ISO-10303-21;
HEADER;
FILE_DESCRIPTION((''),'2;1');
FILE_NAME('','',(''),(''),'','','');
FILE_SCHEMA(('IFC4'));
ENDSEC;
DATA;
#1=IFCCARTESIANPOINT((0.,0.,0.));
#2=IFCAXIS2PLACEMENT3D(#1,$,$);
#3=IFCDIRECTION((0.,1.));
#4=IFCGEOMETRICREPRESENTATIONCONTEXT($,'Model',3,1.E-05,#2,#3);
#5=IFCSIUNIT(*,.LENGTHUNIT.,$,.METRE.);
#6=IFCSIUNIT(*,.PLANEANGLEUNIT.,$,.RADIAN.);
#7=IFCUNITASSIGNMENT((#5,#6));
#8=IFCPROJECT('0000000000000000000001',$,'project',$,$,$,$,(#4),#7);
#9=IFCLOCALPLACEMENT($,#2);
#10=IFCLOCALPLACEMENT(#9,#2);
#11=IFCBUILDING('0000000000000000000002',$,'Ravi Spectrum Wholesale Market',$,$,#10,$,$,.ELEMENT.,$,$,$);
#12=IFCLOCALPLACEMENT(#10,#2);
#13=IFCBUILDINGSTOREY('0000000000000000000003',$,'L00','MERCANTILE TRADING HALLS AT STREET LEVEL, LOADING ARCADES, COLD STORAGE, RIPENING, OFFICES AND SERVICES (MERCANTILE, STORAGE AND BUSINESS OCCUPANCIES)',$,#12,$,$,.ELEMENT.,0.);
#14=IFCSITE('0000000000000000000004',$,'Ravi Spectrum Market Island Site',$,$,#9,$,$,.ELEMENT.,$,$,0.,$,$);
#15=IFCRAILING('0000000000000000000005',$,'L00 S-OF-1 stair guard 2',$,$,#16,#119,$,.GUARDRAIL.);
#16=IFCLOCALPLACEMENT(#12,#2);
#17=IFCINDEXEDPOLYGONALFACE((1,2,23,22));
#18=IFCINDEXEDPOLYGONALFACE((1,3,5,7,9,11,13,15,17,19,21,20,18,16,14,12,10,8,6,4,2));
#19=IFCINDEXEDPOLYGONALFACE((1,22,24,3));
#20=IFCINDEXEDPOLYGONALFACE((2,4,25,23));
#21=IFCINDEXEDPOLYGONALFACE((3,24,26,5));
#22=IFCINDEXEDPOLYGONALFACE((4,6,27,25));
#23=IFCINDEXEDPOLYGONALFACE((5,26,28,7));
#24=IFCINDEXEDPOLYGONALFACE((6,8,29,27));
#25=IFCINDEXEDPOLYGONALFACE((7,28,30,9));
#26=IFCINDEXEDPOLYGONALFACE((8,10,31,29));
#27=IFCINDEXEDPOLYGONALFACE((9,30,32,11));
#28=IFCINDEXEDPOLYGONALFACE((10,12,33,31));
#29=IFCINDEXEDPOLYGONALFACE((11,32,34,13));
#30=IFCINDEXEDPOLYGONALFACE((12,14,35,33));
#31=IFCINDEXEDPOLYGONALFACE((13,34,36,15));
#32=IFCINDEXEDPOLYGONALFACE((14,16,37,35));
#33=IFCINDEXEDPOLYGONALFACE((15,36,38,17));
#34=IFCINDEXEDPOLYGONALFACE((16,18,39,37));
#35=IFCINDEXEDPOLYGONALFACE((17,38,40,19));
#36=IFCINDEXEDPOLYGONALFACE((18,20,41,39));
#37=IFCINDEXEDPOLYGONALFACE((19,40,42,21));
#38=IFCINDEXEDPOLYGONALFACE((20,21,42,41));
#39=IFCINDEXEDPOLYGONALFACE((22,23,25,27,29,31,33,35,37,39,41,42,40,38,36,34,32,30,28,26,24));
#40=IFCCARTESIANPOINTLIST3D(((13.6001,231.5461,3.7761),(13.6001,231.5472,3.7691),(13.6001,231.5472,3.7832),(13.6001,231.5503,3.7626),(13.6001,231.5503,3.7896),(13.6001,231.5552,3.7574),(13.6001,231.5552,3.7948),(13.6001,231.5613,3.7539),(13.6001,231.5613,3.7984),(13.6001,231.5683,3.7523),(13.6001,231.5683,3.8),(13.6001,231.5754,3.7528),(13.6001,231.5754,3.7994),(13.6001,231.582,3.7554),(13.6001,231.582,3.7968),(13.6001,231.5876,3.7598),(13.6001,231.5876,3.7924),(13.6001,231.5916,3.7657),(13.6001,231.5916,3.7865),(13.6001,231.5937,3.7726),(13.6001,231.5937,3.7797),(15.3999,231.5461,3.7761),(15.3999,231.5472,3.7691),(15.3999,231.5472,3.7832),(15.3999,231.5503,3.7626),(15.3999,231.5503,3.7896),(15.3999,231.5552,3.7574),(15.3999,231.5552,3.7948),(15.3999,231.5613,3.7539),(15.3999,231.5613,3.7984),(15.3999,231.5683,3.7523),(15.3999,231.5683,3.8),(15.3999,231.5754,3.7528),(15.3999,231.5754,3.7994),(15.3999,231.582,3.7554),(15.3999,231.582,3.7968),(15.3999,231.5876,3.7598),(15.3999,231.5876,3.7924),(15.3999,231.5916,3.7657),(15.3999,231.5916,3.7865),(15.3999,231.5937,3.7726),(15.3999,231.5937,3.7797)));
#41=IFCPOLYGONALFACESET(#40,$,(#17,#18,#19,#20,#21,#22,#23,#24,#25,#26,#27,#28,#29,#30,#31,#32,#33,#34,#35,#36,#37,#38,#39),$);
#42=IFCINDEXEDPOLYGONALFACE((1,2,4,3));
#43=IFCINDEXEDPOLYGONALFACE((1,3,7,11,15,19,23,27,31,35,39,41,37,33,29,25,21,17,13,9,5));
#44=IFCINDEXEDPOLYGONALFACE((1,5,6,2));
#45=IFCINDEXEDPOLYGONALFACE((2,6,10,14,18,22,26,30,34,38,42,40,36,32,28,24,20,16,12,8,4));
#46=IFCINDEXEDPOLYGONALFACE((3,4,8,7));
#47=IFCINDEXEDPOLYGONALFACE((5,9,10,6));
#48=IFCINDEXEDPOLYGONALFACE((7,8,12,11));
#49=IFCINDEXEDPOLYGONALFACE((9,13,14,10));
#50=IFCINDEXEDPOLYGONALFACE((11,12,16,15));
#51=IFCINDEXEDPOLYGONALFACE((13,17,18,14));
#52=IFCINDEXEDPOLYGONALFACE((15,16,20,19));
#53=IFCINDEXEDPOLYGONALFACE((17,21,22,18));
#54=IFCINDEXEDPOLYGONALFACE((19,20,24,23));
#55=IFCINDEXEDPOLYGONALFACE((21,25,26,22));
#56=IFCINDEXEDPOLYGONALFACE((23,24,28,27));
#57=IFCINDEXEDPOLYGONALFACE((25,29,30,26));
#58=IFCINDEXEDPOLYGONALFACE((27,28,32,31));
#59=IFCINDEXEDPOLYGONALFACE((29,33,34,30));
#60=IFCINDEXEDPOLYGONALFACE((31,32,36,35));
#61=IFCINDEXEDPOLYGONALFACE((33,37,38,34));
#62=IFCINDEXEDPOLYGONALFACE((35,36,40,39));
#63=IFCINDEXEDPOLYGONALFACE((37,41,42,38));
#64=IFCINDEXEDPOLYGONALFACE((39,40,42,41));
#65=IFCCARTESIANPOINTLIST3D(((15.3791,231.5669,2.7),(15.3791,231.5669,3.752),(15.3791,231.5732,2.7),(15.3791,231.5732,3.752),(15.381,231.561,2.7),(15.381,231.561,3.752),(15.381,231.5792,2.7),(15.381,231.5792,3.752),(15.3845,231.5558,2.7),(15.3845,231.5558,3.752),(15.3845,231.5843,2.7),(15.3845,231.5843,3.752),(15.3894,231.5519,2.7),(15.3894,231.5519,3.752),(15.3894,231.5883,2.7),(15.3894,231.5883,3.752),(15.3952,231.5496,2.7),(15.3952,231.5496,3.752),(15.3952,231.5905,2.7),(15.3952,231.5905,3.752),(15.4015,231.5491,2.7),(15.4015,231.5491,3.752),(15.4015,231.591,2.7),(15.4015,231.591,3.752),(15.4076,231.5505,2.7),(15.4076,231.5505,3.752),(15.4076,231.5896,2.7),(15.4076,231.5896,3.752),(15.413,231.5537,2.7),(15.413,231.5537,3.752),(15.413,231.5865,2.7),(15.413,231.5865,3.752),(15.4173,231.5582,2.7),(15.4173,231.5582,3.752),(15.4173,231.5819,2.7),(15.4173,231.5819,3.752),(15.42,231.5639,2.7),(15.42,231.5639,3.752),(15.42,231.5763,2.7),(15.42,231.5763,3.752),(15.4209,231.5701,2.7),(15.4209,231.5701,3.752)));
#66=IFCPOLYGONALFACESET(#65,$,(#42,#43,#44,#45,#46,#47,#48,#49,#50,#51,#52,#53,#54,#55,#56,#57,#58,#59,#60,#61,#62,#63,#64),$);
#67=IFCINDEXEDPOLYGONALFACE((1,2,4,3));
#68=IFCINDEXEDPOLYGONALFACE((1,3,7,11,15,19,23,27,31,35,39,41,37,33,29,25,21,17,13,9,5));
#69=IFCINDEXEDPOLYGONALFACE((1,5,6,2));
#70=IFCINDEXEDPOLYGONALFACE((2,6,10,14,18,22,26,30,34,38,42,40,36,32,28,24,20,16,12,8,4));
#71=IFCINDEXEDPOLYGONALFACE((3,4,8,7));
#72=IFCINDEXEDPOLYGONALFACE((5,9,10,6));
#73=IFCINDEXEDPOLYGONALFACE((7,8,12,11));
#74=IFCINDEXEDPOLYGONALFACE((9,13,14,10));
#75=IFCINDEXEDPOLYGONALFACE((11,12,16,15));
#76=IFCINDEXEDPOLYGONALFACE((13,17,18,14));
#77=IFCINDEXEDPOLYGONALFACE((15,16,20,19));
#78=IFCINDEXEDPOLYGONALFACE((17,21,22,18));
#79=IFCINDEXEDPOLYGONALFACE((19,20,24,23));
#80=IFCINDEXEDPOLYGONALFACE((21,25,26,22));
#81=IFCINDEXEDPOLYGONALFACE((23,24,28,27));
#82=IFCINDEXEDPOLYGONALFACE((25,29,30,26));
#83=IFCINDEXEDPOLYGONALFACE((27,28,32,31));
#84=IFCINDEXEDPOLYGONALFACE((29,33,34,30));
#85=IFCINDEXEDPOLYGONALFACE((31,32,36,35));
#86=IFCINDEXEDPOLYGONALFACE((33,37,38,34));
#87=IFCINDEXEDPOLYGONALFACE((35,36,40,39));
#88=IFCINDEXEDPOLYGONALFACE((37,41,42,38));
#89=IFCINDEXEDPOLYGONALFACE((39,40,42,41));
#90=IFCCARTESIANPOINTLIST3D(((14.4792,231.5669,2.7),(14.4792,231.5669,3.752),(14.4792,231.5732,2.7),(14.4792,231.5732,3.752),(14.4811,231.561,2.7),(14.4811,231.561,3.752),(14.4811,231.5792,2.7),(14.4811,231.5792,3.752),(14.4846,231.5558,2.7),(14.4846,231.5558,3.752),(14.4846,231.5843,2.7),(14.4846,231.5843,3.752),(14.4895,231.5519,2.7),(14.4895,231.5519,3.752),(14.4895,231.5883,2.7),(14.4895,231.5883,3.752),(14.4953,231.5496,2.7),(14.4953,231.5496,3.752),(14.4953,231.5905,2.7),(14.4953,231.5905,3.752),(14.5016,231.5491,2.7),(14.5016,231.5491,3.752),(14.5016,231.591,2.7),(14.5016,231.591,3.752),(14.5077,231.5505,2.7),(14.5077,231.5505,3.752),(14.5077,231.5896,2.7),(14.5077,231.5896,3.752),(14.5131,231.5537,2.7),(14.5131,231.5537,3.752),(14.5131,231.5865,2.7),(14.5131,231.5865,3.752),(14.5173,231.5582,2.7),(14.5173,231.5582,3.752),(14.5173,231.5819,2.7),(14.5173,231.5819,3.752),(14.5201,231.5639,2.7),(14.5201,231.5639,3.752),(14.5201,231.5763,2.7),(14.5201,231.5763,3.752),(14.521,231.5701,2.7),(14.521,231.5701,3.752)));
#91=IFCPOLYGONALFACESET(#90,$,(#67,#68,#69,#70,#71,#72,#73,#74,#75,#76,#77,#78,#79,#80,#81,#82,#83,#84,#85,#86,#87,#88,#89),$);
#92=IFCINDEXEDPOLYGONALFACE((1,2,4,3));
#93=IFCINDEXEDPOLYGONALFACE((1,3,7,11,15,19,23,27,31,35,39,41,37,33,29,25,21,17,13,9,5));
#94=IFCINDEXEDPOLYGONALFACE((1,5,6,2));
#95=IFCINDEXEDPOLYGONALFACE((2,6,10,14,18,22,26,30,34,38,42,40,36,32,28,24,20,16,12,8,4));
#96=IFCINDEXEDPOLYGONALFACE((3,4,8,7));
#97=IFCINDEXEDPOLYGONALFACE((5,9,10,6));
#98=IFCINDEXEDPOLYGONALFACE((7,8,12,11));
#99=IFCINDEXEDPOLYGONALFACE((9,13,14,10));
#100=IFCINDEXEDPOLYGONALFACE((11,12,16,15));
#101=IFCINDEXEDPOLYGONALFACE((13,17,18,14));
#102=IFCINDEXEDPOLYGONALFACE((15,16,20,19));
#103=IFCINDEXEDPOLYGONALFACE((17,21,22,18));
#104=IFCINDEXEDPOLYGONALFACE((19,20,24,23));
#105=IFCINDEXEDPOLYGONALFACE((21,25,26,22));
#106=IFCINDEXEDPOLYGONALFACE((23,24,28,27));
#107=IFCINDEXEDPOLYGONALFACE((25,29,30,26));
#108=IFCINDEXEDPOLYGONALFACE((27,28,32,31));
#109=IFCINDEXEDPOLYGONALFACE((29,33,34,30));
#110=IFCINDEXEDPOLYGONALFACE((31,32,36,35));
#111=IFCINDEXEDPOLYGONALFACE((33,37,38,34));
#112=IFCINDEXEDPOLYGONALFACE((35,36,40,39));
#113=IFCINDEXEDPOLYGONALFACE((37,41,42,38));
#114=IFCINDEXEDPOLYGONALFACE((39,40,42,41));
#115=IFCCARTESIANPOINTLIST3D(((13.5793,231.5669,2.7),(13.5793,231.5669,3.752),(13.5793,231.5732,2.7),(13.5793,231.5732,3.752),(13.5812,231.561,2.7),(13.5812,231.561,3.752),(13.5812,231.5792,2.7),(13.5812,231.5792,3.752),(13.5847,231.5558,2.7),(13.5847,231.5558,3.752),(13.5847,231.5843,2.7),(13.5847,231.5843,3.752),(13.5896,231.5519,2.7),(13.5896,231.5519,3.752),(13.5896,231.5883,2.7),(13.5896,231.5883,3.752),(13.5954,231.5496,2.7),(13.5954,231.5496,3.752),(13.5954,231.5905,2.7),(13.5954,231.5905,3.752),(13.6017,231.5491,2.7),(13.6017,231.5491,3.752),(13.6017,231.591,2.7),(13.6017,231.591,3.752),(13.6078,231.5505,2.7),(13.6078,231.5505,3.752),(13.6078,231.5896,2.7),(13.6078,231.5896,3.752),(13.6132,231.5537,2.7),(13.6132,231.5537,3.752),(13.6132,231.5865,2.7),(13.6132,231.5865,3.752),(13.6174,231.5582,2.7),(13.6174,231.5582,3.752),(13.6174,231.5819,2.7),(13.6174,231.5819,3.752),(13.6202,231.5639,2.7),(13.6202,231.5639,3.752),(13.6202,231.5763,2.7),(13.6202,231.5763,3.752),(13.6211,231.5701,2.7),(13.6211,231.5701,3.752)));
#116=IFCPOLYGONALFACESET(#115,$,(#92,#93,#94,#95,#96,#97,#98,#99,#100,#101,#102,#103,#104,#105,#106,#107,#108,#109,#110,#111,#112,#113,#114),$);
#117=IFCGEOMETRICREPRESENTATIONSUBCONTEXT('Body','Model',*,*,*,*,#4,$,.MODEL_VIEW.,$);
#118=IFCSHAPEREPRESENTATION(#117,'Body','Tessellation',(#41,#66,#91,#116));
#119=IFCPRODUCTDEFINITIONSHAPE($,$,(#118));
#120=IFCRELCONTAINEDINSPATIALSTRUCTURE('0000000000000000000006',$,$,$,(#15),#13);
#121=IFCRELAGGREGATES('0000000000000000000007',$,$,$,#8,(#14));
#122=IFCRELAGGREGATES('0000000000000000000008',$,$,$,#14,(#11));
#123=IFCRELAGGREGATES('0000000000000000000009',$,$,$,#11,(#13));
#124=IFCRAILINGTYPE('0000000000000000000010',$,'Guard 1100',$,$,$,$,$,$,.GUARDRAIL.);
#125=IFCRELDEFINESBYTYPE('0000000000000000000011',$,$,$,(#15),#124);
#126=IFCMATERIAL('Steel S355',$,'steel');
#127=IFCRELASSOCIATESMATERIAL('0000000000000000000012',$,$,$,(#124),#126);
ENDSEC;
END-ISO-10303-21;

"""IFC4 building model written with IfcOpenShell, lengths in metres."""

from ifc_helpers import new_model, si_unit, direction, frame, origin, origin_2d, place, context, subcontext, project, spatial, circle, extrude, material, type_object, element, save


model = new_model("IFC4")

# Units and contexts
model_context = context("Model", 3, precision=1e-05, world=origin(), true_north=direction((0.0, 1.0)))
body_context = subcontext(model_context, "Body", "Model", "MODEL_VIEW")
ifc_project = project(units=[si_unit("LENGTHUNIT", "METRE"), si_unit("PLANEANGLEUNIT", "RADIAN")], contexts=[model_context])

# Site, building, storey
site_placement = place(None, origin())
site = spatial("IfcSite", under=ifc_project, at=site_placement, Name="Ravi Spectrum Market Island Site", CompositionType="ELEMENT", RefElevation=0.0)
building_placement = place(site_placement, origin())
building = spatial("IfcBuilding", under=site, at=building_placement, Name="Ravi Spectrum Wholesale Market", CompositionType="ELEMENT")
storey_placement = place(building_placement, origin())
storey = spatial("IfcBuildingStorey", under=building, at=storey_placement, Name="L00", Description="MERCANTILE TRADING HALLS AT STREET LEVEL, LOADING ARCADES, COLD STORAGE, RIPENING, OFFICES AND SERVICES (MERCANTILE, STORAGE AND BUSINESS OCCUPANCIES)", CompositionType="ELEMENT", Elevation=0.0)

# Railing
ifc_material_1 = material(Name="Steel S355", Category="steel")
railing_type_1 = type_object("IfcRailingType", Name="Guard 1100", PredefinedType="GUARDRAIL", material=ifc_material_1)
railing_1_placement = place(storey_placement, frame((15.3999, 231.5701, 2.7)))
element("IfcRailing", 1, at=railing_1_placement, inside=storey, type_object=railing_type_1, Name="L00 S-OF-1 stair guard 2", PredefinedType="GUARDRAIL", context=body_context, shape_type="SweptSolid", body=[
    extrude(circle(Radius=0.0239, at=origin_2d()), frame((0.0, 0.0, 1.0762), z_axis=(-1.0, 0.0, 0.0), x_axis=(0.0, -1.0, 0.0)), (0.0, 0.0, 1.0), 1.7998),
    extrude(circle(Radius=0.021, at=origin_2d()), origin(), (0.0, 0.0, 1.0), 1.052),
    extrude(circle(Radius=0.021, at=origin_2d()), frame((-0.8999, 0.0, 0.0)), (0.0, 0.0, 1.0), 1.052),
    extrude(circle(Radius=0.021, at=origin_2d()), frame((-1.7998, 0.0, 0.0)), (0.0, 0.0, 1.0), 1.052),
])

save(model, "model.ifc")
